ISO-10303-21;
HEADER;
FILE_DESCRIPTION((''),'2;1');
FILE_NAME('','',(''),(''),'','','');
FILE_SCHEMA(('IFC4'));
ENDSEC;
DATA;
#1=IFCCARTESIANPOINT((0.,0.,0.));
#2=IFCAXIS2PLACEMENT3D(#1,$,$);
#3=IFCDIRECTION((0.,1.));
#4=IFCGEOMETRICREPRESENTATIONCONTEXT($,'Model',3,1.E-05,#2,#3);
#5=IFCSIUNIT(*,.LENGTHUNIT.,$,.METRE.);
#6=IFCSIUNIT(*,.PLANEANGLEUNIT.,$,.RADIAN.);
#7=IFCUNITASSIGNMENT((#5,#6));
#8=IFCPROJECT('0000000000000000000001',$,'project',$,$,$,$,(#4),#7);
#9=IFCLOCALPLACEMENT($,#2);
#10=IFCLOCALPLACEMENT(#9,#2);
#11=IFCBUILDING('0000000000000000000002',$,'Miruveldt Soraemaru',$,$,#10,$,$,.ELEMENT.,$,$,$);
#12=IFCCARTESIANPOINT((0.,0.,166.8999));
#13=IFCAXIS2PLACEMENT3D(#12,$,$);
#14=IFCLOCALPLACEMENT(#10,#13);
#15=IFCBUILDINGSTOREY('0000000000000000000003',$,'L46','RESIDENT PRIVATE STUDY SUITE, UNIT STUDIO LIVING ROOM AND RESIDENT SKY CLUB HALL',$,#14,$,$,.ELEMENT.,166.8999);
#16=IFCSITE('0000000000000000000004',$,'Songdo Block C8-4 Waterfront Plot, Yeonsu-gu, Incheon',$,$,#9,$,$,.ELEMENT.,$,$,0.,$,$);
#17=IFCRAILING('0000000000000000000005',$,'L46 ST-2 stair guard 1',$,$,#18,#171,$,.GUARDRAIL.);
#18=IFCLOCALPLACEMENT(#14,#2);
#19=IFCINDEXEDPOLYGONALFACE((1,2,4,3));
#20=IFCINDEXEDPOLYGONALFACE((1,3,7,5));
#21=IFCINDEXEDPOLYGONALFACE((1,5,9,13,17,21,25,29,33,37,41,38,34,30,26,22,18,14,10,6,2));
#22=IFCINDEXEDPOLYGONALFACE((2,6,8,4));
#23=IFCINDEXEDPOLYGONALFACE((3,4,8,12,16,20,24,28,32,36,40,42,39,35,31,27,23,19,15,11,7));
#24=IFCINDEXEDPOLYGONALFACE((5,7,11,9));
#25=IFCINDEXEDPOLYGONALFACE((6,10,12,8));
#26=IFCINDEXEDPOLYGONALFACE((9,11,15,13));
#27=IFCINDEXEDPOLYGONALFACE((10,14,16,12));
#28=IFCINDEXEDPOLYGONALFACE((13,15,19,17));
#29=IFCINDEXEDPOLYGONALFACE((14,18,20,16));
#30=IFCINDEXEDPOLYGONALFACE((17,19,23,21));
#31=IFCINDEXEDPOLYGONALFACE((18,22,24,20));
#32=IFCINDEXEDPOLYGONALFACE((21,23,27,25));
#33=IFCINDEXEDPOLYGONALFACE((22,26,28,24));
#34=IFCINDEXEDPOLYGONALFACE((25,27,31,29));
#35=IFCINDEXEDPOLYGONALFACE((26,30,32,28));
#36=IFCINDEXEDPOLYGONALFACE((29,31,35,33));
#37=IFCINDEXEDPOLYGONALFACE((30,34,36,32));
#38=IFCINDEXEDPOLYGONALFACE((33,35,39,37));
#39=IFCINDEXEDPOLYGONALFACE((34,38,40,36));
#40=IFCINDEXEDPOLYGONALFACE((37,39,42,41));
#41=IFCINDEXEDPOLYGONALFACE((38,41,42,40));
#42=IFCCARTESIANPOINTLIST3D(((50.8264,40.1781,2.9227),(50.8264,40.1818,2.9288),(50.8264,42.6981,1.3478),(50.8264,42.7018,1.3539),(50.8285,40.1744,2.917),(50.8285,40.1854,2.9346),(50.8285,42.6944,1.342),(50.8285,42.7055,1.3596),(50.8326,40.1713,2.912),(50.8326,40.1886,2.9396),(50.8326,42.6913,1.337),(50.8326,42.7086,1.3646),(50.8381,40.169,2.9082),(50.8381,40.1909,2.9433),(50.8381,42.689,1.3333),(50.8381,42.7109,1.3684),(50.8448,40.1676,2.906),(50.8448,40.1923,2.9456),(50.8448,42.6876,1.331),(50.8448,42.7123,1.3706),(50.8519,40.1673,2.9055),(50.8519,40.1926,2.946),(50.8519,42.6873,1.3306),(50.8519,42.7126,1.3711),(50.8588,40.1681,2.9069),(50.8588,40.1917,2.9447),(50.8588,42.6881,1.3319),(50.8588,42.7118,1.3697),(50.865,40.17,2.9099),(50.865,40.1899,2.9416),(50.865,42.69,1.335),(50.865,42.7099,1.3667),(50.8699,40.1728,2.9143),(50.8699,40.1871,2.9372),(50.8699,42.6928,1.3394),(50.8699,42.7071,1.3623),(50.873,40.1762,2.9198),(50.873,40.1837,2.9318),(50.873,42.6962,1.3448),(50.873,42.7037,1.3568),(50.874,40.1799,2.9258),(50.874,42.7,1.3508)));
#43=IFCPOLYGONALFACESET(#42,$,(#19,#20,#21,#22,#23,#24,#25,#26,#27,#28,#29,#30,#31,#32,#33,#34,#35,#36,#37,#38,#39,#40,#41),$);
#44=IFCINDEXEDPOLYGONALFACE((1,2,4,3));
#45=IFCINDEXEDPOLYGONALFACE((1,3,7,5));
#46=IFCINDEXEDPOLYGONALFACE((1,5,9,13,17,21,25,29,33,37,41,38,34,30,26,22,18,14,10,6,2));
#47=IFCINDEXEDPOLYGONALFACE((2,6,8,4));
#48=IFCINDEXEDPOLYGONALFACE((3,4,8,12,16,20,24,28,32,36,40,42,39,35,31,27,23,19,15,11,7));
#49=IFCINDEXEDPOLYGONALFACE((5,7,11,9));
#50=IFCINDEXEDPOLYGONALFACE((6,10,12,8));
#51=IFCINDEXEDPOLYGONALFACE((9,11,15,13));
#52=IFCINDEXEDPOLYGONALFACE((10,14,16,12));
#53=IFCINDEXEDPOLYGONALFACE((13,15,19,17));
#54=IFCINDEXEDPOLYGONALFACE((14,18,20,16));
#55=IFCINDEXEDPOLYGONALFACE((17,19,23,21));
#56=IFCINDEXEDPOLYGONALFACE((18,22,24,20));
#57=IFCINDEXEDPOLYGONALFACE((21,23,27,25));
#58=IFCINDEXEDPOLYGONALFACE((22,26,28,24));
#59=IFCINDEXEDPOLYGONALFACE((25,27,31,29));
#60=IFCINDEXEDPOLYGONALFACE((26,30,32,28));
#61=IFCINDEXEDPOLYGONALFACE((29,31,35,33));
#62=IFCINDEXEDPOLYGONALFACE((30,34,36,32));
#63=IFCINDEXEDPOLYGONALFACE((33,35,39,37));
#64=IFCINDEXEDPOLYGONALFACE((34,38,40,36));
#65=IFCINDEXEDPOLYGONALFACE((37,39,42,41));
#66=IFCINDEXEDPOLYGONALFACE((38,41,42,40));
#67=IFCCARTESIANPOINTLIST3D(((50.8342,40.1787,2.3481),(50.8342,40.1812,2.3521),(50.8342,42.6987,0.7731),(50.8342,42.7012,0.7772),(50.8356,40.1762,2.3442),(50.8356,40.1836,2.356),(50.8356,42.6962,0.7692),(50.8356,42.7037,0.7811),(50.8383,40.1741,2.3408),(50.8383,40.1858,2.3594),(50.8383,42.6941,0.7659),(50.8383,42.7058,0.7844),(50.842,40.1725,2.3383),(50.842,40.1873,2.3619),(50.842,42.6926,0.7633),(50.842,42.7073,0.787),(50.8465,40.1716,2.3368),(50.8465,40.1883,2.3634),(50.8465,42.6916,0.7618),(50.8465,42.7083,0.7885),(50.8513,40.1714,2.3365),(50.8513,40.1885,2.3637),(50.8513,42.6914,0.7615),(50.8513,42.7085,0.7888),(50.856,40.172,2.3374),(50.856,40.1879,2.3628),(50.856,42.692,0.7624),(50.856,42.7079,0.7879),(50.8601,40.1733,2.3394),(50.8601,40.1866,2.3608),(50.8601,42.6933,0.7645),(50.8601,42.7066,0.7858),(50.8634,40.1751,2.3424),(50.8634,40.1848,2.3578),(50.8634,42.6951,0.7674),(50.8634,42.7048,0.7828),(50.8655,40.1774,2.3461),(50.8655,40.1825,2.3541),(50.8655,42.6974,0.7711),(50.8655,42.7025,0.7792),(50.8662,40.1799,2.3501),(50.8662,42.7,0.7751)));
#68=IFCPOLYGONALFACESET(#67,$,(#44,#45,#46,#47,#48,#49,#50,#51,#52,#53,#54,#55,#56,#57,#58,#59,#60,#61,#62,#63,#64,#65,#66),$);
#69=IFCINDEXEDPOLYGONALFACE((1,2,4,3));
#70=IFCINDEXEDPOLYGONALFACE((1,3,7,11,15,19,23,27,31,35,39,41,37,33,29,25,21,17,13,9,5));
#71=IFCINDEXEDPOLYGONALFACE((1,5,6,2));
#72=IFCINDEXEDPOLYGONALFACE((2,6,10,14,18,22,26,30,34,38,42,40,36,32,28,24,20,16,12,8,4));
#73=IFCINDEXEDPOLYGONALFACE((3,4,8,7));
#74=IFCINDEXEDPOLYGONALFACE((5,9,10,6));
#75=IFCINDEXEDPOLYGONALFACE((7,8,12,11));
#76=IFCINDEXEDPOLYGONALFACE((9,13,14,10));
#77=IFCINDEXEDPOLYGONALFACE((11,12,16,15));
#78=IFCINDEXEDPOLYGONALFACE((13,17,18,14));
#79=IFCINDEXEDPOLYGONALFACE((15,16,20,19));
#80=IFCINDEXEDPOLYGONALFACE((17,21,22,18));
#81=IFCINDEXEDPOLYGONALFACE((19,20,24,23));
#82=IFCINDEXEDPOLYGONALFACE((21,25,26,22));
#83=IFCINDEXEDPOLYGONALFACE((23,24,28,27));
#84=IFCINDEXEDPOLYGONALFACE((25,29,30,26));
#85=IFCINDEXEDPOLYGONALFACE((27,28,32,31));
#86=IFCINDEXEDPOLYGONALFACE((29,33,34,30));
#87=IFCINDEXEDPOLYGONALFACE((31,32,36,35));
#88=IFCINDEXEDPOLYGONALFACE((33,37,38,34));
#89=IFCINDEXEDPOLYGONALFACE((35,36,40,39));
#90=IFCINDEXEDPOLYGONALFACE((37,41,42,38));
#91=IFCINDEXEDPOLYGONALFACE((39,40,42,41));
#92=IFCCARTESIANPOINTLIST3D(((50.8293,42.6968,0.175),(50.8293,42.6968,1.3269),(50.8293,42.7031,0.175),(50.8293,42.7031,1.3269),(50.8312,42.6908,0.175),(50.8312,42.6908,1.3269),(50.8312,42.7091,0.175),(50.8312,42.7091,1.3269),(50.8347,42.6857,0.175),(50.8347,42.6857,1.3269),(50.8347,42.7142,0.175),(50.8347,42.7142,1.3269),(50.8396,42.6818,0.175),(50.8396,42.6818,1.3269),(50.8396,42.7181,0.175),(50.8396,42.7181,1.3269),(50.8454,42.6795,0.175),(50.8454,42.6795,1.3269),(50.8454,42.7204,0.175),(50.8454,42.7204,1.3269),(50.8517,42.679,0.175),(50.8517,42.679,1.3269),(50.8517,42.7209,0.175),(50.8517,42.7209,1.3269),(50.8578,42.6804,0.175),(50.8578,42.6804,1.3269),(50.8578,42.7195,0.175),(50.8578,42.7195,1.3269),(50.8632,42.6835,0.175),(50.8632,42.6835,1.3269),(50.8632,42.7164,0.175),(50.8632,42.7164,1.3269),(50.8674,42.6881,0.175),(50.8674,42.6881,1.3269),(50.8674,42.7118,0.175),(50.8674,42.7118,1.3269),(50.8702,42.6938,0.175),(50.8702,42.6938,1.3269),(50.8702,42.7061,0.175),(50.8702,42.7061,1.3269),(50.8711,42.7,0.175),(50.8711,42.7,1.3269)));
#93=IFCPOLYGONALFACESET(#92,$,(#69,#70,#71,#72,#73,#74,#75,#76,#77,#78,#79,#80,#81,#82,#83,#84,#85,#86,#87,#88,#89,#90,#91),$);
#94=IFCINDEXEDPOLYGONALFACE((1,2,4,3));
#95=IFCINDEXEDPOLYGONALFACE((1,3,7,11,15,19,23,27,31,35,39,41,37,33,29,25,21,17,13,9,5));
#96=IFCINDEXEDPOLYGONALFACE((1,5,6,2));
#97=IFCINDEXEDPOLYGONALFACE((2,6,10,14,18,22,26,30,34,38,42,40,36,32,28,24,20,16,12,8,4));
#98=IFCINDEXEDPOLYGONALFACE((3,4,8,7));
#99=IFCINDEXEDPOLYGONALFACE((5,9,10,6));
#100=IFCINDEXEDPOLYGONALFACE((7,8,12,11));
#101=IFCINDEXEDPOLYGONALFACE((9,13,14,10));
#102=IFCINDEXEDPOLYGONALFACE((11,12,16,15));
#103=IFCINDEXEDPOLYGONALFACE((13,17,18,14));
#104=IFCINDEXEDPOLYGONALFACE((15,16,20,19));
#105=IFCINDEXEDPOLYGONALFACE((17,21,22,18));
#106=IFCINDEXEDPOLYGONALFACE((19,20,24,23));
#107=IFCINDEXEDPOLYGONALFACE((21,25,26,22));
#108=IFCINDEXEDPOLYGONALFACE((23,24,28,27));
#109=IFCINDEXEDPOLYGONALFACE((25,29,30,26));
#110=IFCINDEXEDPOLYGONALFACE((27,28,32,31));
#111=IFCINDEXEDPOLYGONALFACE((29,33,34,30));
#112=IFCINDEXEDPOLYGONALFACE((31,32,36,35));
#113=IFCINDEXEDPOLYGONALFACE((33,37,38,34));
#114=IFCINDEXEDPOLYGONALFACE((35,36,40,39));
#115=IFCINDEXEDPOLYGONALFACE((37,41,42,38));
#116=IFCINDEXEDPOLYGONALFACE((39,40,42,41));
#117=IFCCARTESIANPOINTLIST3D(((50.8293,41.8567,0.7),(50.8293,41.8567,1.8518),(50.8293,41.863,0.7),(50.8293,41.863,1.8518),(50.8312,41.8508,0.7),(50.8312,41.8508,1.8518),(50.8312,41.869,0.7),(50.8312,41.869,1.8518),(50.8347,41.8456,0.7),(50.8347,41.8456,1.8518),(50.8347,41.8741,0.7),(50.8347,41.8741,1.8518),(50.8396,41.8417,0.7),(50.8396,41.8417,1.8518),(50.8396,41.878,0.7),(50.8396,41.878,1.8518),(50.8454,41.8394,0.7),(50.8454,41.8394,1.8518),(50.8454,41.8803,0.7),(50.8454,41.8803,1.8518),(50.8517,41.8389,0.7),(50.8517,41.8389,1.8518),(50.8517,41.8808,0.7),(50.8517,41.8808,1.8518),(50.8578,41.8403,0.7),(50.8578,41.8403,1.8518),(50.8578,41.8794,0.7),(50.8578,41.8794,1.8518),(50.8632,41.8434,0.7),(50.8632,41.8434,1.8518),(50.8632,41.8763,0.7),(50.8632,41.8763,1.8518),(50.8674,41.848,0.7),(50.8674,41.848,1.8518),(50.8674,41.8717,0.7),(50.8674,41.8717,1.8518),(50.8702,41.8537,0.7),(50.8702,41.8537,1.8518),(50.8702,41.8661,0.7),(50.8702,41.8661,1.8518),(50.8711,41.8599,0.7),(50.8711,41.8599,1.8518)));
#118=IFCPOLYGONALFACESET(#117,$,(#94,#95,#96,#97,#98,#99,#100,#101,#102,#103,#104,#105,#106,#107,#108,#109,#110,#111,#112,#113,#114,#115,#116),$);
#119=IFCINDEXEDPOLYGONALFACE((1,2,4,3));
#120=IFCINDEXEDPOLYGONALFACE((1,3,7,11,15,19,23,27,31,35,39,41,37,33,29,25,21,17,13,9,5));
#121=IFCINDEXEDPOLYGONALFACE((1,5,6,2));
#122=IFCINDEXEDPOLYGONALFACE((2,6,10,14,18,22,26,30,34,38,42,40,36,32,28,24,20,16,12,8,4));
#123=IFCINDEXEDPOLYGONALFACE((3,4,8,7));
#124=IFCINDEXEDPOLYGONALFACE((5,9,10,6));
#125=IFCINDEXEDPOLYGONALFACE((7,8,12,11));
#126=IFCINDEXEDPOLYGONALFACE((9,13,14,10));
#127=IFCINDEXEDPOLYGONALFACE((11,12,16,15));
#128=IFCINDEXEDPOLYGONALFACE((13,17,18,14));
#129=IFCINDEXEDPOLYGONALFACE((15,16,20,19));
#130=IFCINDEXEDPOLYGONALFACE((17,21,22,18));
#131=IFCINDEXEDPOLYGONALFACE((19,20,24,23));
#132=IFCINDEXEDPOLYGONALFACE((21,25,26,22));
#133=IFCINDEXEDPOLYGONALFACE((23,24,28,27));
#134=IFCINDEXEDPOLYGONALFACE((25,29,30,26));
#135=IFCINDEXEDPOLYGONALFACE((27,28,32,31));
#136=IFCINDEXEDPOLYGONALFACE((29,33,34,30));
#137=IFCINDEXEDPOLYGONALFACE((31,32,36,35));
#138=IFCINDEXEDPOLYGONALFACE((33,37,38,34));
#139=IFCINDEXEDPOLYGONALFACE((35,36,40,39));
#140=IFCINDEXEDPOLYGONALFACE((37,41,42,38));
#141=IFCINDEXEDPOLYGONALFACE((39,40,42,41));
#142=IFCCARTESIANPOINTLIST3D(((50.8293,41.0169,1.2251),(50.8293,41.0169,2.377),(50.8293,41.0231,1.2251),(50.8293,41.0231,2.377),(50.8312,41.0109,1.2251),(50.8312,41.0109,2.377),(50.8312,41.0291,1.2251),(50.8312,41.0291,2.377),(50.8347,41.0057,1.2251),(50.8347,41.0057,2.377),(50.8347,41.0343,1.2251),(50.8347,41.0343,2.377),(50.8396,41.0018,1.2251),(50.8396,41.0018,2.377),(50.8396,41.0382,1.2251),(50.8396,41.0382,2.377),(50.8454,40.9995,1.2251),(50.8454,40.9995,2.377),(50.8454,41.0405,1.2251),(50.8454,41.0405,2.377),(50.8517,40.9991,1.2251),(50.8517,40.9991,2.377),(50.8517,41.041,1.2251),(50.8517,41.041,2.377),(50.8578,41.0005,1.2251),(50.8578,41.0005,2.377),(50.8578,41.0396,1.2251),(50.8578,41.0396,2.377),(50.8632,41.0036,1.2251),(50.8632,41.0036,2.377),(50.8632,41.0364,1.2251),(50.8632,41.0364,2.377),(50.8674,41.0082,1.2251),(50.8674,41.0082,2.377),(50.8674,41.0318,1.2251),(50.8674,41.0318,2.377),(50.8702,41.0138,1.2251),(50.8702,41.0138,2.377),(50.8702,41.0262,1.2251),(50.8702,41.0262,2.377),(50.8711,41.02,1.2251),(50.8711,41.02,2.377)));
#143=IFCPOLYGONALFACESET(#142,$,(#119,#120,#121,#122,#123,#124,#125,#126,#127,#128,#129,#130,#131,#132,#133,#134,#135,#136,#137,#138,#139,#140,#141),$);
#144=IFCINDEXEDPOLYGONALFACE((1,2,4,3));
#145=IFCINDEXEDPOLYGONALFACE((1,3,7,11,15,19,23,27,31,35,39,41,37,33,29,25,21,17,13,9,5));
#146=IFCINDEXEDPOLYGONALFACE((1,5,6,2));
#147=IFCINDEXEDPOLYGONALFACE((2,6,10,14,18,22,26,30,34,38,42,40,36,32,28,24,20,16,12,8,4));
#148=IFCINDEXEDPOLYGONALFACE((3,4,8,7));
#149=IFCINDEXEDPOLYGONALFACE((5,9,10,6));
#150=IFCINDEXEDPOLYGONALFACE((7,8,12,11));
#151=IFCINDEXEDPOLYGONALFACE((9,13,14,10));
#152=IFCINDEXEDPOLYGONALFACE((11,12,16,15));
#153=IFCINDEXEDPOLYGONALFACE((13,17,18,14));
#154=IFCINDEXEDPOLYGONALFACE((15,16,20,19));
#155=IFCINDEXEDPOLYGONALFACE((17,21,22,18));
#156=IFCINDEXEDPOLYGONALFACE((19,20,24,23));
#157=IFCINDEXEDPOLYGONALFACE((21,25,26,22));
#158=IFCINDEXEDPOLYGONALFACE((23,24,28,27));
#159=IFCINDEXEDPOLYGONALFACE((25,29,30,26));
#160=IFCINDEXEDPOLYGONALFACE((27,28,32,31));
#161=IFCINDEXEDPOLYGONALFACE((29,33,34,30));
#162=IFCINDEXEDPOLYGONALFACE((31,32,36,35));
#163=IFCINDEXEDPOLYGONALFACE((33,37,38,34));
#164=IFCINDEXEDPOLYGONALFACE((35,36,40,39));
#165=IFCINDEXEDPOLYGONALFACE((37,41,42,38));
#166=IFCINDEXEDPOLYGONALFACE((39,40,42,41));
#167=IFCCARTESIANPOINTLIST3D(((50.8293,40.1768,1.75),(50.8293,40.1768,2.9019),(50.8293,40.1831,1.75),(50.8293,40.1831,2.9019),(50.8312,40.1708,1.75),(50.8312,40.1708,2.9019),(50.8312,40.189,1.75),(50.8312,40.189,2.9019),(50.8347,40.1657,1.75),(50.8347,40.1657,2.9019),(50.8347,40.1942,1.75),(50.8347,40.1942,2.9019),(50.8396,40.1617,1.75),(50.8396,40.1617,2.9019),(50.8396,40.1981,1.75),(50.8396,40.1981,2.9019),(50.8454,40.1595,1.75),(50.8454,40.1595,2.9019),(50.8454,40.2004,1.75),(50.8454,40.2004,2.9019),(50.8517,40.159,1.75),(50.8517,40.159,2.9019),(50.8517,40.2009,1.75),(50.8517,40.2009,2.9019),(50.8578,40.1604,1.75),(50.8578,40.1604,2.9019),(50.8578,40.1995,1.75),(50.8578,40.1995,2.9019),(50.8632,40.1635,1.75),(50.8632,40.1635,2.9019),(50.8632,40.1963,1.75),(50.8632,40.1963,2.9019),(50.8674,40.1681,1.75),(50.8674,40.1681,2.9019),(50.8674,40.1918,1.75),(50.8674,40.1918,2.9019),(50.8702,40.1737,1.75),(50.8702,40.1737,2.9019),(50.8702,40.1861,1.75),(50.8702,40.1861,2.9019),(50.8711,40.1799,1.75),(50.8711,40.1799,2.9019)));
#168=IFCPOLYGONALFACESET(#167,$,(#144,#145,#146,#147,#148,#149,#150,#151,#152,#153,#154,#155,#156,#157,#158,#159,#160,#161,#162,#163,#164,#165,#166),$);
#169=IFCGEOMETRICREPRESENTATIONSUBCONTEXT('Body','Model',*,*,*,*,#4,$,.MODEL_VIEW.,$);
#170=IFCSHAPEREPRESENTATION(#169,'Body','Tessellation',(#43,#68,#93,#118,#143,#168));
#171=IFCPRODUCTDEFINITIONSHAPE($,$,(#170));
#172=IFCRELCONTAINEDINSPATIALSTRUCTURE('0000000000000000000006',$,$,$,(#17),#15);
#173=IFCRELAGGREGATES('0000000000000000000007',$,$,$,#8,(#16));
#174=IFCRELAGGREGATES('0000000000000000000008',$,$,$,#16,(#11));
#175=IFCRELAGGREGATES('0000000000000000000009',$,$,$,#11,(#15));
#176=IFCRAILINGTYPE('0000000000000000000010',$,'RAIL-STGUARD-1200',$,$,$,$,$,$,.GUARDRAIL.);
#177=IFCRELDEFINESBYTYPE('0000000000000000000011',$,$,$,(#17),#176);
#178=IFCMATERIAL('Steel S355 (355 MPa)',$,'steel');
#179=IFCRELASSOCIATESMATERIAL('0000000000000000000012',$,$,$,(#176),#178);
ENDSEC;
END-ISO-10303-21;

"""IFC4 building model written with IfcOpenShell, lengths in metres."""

from ifc_helpers import new_model, si_unit, direction, frame, origin, origin_2d, place, context, subcontext, project, spatial, circle, extrude, material, type_object, element, save


model = new_model("IFC4")

# Units and contexts
model_context = context("Model", 3, precision=1e-05, world=origin(), true_north=direction((0.0, 1.0)))
body_context = subcontext(model_context, "Body", "Model", "MODEL_VIEW")
ifc_project = project(units=[si_unit("LENGTHUNIT", "METRE"), si_unit("PLANEANGLEUNIT", "RADIAN")], contexts=[model_context])

# Site, building, storey
site_placement = place(None, origin())
site = spatial("IfcSite", under=ifc_project, at=site_placement, Name="Songdo Block C8-4 Waterfront Plot, Yeonsu-gu, Incheon", CompositionType="ELEMENT", RefElevation=0.0)
building_placement = place(site_placement, origin())
building = spatial("IfcBuilding", under=site, at=building_placement, Name="Miruveldt Soraemaru", CompositionType="ELEMENT")
storey_placement = place(building_placement, frame((0.0, 0.0, 166.8999)))
storey = spatial("IfcBuildingStorey", under=building, at=storey_placement, Name="L46", Description="RESIDENT PRIVATE STUDY SUITE, UNIT STUDIO LIVING ROOM AND RESIDENT SKY CLUB HALL", CompositionType="ELEMENT", Elevation=166.8999)

# Railing
ifc_material_1 = material(Name="Steel S355 (355 MPa)", Category="steel")
railing_type_1 = type_object("IfcRailingType", Name="RAIL-STGUARD-1200", PredefinedType="GUARDRAIL", material=ifc_material_1)
railing_1_placement = place(storey_placement, frame((50.8501, 42.7, 0.175)))
element("IfcRailing", 1, at=railing_1_placement, inside=storey, type_object=railing_type_1, Name="L46 ST-2 stair guard 1", PredefinedType="GUARDRAIL", context=body_context, shape_type="SweptSolid", body=[
    extrude(circle(Radius=0.0239, at=origin_2d()), frame((0.0, 0.0, 1.1758), z_axis=(0.0, -0.848008, 0.529984), x_axis=(1.0, 0.0, 0.0)), (0.0, 0.0, 1.0), 2.9717),
    extrude(circle(Radius=0.0161, at=origin_2d()), frame((0.0, 0.0, 0.6001), z_axis=(0.0, -0.848008, 0.529984), x_axis=(1.0, 0.0, 0.0)), (0.0, 0.0, 1.0), 2.9717),
    extrude(circle(Radius=0.021, at=origin_2d()), origin(), (0.0, 0.0, 1.0), 1.1519),
    extrude(circle(Radius=0.021, at=origin_2d()), frame((0.0, -0.8401, 0.5249)), (0.0, 0.0, 1.0), 1.1519),
    extrude(circle(Radius=0.021, at=origin_2d()), frame((0.0, -1.6799, 1.05)), (0.0, 0.0, 1.0), 1.1519),
    extrude(circle(Radius=0.021, at=origin_2d()), frame((0.0, -2.52, 1.575)), (0.0, 0.0, 1.0), 1.1519),
])

save(model, "model.ifc")
